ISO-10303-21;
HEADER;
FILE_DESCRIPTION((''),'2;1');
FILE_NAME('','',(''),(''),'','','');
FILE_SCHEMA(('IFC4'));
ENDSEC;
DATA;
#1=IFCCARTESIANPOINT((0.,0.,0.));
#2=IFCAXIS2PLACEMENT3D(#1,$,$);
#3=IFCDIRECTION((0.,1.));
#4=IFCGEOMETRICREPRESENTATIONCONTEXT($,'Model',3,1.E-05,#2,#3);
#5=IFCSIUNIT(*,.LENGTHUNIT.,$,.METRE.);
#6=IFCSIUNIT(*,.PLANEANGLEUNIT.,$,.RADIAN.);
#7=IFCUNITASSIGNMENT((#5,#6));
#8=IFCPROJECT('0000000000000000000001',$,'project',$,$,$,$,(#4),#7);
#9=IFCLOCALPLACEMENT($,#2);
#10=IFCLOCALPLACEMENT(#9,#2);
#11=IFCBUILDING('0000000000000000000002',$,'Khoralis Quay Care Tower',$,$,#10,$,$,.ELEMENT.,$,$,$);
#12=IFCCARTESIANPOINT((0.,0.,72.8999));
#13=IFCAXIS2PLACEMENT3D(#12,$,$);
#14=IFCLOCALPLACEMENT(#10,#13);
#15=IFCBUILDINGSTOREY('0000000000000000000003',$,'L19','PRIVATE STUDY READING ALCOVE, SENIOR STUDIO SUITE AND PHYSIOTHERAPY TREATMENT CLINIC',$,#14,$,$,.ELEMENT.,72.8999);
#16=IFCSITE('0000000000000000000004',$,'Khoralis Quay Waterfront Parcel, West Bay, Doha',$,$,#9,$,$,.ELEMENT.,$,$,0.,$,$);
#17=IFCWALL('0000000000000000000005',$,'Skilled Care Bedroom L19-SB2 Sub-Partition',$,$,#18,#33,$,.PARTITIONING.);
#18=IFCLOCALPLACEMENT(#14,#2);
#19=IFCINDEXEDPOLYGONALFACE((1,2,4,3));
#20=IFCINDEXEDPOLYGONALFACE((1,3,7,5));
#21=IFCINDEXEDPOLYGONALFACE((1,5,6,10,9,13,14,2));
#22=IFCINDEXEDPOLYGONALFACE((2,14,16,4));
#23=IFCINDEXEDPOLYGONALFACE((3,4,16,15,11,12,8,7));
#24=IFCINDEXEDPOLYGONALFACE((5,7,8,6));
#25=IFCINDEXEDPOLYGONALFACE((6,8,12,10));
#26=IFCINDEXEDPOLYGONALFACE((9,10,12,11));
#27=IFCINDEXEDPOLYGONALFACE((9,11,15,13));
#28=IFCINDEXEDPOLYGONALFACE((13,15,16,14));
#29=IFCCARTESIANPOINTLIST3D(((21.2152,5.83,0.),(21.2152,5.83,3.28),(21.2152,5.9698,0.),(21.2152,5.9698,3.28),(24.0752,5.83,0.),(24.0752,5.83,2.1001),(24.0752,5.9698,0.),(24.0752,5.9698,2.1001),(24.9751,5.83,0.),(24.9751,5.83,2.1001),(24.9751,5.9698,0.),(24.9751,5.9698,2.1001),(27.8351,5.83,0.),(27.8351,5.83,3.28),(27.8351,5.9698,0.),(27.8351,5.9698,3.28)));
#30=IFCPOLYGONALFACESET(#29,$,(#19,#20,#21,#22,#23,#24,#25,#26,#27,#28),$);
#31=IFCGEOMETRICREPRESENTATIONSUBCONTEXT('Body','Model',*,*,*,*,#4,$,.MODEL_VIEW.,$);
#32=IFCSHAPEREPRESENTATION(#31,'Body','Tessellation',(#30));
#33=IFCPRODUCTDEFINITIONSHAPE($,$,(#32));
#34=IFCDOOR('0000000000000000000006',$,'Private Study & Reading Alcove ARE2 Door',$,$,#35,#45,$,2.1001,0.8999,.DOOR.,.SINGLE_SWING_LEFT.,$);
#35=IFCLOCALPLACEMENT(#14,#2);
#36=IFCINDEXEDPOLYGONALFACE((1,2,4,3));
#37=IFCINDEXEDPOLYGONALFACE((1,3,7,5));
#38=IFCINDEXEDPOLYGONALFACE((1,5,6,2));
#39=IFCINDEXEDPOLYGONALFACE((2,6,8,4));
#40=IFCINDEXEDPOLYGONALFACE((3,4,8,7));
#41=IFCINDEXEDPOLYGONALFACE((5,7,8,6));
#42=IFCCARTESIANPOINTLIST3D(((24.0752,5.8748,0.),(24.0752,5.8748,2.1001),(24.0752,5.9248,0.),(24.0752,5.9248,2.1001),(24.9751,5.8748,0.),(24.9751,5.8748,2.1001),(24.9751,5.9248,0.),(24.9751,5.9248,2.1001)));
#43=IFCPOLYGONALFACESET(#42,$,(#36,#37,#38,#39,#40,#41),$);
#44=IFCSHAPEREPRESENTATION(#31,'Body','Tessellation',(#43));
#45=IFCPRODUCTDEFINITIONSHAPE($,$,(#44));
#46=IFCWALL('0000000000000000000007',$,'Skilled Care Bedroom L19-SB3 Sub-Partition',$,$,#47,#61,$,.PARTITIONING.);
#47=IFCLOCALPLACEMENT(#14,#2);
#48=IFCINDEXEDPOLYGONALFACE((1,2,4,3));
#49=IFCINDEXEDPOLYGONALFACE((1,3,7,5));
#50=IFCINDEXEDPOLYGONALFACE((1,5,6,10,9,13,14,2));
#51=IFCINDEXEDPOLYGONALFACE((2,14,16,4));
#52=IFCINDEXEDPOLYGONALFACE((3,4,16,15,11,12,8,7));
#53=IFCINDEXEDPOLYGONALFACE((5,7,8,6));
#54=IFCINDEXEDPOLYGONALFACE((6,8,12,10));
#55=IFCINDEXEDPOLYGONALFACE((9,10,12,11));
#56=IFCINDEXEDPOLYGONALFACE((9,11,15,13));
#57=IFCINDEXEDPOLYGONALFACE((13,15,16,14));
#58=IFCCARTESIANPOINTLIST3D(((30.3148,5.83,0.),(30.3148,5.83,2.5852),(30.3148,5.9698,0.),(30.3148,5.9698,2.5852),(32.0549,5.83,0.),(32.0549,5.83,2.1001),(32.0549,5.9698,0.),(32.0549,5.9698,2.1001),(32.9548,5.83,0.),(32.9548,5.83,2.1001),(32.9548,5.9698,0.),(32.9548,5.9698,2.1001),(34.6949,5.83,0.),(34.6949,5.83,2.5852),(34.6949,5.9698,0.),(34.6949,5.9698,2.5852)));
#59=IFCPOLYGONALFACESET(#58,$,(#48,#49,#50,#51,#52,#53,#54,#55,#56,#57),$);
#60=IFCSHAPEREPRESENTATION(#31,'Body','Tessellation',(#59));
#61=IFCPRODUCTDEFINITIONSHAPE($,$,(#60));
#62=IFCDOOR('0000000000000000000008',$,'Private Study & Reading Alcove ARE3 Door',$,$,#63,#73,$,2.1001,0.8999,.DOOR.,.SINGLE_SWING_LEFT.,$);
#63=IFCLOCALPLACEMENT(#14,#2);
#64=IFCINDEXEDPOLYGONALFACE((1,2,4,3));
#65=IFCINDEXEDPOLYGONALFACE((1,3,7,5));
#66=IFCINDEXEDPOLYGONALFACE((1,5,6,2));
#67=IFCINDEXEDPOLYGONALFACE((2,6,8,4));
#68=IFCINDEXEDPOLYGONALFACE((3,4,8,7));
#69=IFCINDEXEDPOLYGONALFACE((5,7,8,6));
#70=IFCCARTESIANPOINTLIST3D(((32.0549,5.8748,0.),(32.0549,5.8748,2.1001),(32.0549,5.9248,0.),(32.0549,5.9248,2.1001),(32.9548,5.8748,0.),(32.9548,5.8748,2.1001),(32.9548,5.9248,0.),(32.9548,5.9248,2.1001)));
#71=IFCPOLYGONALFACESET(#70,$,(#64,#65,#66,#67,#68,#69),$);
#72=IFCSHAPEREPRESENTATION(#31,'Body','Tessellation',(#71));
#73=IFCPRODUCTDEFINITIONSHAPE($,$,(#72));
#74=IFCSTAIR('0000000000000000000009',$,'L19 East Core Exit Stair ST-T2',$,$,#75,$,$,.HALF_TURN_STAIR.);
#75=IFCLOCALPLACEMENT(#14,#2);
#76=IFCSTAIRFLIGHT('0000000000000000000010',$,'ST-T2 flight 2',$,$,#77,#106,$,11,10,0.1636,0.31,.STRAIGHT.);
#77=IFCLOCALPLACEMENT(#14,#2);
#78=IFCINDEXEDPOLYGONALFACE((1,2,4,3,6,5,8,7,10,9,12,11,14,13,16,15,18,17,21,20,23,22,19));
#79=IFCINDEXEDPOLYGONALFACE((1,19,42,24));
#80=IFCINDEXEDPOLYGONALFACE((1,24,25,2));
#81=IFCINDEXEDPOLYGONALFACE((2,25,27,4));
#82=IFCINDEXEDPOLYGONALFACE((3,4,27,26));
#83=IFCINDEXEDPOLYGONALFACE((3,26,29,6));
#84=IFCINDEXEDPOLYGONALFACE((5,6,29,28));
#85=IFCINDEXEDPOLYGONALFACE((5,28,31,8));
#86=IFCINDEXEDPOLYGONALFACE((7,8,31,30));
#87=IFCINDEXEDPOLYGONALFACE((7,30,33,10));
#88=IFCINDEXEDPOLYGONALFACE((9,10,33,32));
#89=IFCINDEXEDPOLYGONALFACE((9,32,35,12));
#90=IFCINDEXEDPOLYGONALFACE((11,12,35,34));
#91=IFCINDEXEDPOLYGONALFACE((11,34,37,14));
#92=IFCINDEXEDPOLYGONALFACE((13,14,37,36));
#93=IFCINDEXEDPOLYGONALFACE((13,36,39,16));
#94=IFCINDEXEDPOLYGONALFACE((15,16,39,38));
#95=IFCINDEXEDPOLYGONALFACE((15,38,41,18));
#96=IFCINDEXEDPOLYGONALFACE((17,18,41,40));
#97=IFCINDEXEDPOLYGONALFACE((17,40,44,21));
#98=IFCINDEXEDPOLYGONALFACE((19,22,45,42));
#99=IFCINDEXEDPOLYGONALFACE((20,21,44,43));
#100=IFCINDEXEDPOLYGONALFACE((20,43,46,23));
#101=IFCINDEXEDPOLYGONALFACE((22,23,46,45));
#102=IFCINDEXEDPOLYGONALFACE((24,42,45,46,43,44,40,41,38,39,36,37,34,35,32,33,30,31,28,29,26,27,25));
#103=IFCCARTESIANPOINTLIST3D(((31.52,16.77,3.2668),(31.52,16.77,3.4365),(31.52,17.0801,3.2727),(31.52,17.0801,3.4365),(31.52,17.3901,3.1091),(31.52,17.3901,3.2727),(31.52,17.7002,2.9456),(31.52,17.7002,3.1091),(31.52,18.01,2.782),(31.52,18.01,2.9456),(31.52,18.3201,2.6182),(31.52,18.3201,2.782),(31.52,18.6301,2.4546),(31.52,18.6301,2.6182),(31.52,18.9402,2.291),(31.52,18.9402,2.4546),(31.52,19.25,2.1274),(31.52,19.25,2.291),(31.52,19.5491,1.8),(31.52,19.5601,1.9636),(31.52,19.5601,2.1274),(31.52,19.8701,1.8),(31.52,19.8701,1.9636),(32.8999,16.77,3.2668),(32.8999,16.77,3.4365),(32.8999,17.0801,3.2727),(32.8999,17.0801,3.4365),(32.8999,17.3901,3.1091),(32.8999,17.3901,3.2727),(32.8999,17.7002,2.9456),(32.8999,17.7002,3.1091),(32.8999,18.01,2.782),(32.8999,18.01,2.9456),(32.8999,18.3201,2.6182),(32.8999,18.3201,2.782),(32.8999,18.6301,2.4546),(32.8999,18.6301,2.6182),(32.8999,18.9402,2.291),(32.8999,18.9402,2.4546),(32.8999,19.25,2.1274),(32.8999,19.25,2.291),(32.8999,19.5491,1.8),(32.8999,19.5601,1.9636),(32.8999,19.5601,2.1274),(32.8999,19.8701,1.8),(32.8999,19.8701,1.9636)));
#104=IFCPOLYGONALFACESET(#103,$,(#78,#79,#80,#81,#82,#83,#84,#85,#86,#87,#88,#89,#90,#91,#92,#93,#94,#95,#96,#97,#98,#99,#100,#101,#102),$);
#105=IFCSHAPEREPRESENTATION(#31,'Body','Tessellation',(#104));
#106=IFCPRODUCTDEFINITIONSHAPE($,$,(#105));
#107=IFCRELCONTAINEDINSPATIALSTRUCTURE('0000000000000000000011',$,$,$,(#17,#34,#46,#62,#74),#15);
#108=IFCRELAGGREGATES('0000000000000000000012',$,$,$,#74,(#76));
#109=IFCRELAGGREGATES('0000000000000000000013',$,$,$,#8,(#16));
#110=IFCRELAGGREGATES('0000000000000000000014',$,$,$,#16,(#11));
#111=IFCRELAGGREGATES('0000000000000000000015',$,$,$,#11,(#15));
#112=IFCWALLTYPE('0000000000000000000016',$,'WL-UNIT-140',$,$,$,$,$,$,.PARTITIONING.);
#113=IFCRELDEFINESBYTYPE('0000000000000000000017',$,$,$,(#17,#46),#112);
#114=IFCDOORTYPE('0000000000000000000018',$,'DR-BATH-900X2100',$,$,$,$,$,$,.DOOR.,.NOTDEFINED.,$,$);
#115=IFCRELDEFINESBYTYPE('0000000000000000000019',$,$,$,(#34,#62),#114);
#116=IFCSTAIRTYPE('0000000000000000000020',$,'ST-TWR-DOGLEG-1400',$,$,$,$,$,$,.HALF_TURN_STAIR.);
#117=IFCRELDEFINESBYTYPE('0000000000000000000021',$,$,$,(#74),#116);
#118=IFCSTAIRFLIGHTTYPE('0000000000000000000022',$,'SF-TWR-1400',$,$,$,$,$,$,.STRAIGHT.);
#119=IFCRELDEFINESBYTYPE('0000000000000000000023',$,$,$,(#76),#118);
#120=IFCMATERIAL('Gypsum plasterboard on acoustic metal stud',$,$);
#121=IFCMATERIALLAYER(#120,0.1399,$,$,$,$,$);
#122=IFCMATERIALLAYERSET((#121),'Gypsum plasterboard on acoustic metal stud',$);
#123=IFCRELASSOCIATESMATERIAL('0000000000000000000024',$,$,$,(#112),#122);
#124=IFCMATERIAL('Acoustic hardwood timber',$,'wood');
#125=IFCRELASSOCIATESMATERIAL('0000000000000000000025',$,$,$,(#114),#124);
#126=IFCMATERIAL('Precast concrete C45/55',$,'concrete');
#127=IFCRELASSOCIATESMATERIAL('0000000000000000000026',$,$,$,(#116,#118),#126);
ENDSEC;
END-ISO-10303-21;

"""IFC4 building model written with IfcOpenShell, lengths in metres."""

from ifc_helpers import new_model, si_unit, direction, frame, frame_2d, origin, place, context, subcontext, project, spatial, polyline, rectangle, outline, extrude, source, transform, mapped, material, layer, layer_set, type_object, element, fill, aggregate, save


model = new_model("IFC4")

# Units and contexts
model_context = context("Model", 3, precision=1e-05, world=origin(), true_north=direction((0.0, 1.0)))
body_context = subcontext(model_context, "Body", "Model", "MODEL_VIEW")
ifc_project = project(units=[si_unit("LENGTHUNIT", "METRE"), si_unit("PLANEANGLEUNIT", "RADIAN")], contexts=[model_context])

# Site, building, storey
site_placement = place(None, origin())
site = spatial("IfcSite", under=ifc_project, at=site_placement, Name="Khoralis Quay Waterfront Parcel, West Bay, Doha", CompositionType="ELEMENT", RefElevation=0.0)
building_placement = place(site_placement, origin())
building = spatial("IfcBuilding", under=site, at=building_placement, Name="Khoralis Quay Care Tower", CompositionType="ELEMENT")
storey_placement = place(building_placement, frame((0.0, 0.0, 72.8999)))
storey = spatial("IfcBuildingStorey", under=building, at=storey_placement, Name="L19", Description="PRIVATE STUDY READING ALCOVE, SENIOR STUDIO SUITE AND PHYSIOTHERAPY TREATMENT CLINIC", CompositionType="ELEMENT", Elevation=72.8999)

# Shared definitions
ifc_material_1 = material(Name="Gypsum plasterboard on acoustic metal stud")

# Shared definitions
ifc_layer_1 = layer(ifc_material_1, 0.1399)
ifc_layer_set_1 = layer_set([ifc_layer_1], Name="Gypsum plasterboard on acoustic metal stud")
wall_type_1 = type_object("IfcWallType", Name="WL-UNIT-140", PredefinedType="PARTITIONING", material=ifc_layer_set_1)

# Walls, openings, doors
wall_1_placement = place(storey_placement, frame((21.2151, 5.8999, 0.0), z_axis=(0.0, 0.0, 1.0), x_axis=(1.0, 0.0, 0.0)))
wall_1 = element("IfcWall", 1, at=wall_1_placement, inside=storey, type_object=wall_type_1, Name="Skilled Care Bedroom L19-SB2 Sub-Partition", PredefinedType="PARTITIONING", context=body_context, shape_type="SweptSolid", body=[
    extrude(rectangle(XDim=6.6199, YDim=0.1399, at=frame_2d((3.3101, 0.0))), origin(), (0.0, 0.0, 1.0), 3.28),
])
opening_1_placement = place(wall_1_placement, frame((2.8601, 0.0, 0.0)))
opening_1 = element("IfcOpeningElement", 2, at=opening_1_placement, cuts=wall_1, PredefinedType="OPENING", context=body_context, shape_type="SweptSolid", body=[
    extrude(rectangle(XDim=0.8999, YDim=2.1001, at=frame_2d((0.45, 1.05))), frame((0.0, 0.0801, 0.0), z_axis=(0.0, -1.0, 0.0), x_axis=(1.0, 0.0, 0.0)), (0.0, 0.0, 1.0), 0.1599),
])
ifc_material_2 = material(Name="Acoustic hardwood timber", Category="wood")
door_type_1 = type_object("IfcDoorType", Name="DR-BATH-900X2100", OperationType="NOTDEFINED", PredefinedType="DOOR", material=ifc_material_2)
shared_shape_1 = source(origin(), body_context, "Body", "SweptSolid", [
    extrude(rectangle(XDim=0.8999, YDim=2.1001, at=frame_2d((0.45, 1.05))), frame((0.0, 0.0249, 0.0), z_axis=(0.0, -1.0, 0.0), x_axis=(1.0, 0.0, 0.0)), (0.0, 0.0, 1.0), 0.05),
])
door_1_placement = place(opening_1_placement, origin())
door_1 = element("IfcDoor", 3, at=door_1_placement, inside=storey, type_object=door_type_1, Name="Private Study & Reading Alcove ARE2 Door", OperationType="SINGLE_SWING_LEFT", OverallHeight=2.1001, OverallWidth=0.8999, PredefinedType="DOOR", context=body_context, shape_type="MappedRepresentation", body=[
    mapped(shared_shape_1, transform((0.0, 0.0, 0.0), scale=1.0)),
])
fill(opening_1, door_1)
wall_2_placement = place(storey_placement, frame((30.3149, 5.8999, 0.0), z_axis=(0.0, 0.0, 1.0), x_axis=(1.0, 0.0, 0.0)))
wall_2 = element("IfcWall", 4, at=wall_2_placement, inside=storey, type_object=wall_type_1, Name="Skilled Care Bedroom L19-SB3 Sub-Partition", PredefinedType="PARTITIONING", context=body_context, shape_type="SweptSolid", body=[
    extrude(rectangle(XDim=4.3801, YDim=0.1399, at=frame_2d((2.1899, 0.0))), origin(), (0.0, 0.0, 1.0), 2.5852),
])
opening_2_placement = place(wall_2_placement, frame((1.74, 0.0, 0.0)))
opening_2 = element("IfcOpeningElement", 5, at=opening_2_placement, cuts=wall_2, PredefinedType="OPENING", context=body_context, shape_type="SweptSolid", body=[
    extrude(rectangle(XDim=0.8999, YDim=2.1001, at=frame_2d((0.45, 1.05))), frame((0.0, 0.0801, 0.0), z_axis=(0.0, -1.0, 0.0), x_axis=(1.0, 0.0, 0.0)), (0.0, 0.0, 1.0), 0.1599),
])
door_2_placement = place(opening_2_placement, origin())
door_2 = element("IfcDoor", 6, at=door_2_placement, inside=storey, type_object=door_type_1, Name="Private Study & Reading Alcove ARE3 Door", OperationType="SINGLE_SWING_LEFT", OverallHeight=2.1001, OverallWidth=0.8999, PredefinedType="DOOR", context=body_context, shape_type="MappedRepresentation", body=[
    mapped(shared_shape_1, transform((0.0, 0.0, 0.0), scale=1.0)),
])
fill(opening_2, door_2)

# Stair, stair flight
ifc_material_3 = material(Name="Precast concrete C45/55", Category="concrete")
stair_type = type_object("IfcStairType", Name="ST-TWR-DOGLEG-1400", PredefinedType="HALF_TURN_STAIR", material=ifc_material_3)
stair_placement = place(storey_placement, origin())
stair = element("IfcStair", 7, at=stair_placement, inside=storey, type_object=stair_type, Name="L19 East Core Exit Stair ST-T2", PredefinedType="HALF_TURN_STAIR")
stair_flight_type = type_object("IfcStairFlightType", Name="SF-TWR-1400", PredefinedType="STRAIGHT", material=ifc_material_3)
shared_shape_2 = source(origin(), body_context, "Body", "SweptSolid", [
    extrude(outline(polyline([(0.0, 0.0), (0.0, 0.1636), (0.3101, 0.1636), (0.3101, 0.3274), (0.6201, 0.3274), (0.6201, 0.491), (0.9299, 0.491), (0.9299, 0.6545), (1.24, 0.6545), (1.24, 0.8181), (1.55, 0.8181), (1.55, 0.9819), (1.8601, 0.9819), (1.8601, 1.1455), (2.1699, 1.1455), (2.1699, 1.3091), (2.48, 1.3091), (2.48, 1.4727), (2.79, 1.4727), (2.79, 1.6365), (3.1001, 1.6365), (3.1001, 1.8), (3.1001, 1.4668), (0.321, 0.0), (0.0, 0.0)])), frame((0.0, 0.6899, 0.0), z_axis=(0.0, -1.0, 0.0), x_axis=(1.0, 0.0, 0.0)), (0.0, 0.0, 1.0), 1.3799),
])
stair_flight_placement = place(storey_placement, frame((32.21, 19.8701, 1.8), z_axis=(0.0, 0.0, 1.0), x_axis=(0.0, -1.0, 0.0)))
stair_flight = element("IfcStairFlight", 8, at=stair_flight_placement, type_object=stair_flight_type, Name="ST-T2 flight 2", NumberOfRisers=11, NumberOfTreads=10, PredefinedType="STRAIGHT", RiserHeight=0.1636, TreadLength=0.31, context=body_context, shape_type="MappedRepresentation", body=[
    mapped(shared_shape_2, transform((0.0, 0.0, 0.0), scale=1.0)),
])
aggregate(stair, [stair_flight])

save(model, "model.ifc")
